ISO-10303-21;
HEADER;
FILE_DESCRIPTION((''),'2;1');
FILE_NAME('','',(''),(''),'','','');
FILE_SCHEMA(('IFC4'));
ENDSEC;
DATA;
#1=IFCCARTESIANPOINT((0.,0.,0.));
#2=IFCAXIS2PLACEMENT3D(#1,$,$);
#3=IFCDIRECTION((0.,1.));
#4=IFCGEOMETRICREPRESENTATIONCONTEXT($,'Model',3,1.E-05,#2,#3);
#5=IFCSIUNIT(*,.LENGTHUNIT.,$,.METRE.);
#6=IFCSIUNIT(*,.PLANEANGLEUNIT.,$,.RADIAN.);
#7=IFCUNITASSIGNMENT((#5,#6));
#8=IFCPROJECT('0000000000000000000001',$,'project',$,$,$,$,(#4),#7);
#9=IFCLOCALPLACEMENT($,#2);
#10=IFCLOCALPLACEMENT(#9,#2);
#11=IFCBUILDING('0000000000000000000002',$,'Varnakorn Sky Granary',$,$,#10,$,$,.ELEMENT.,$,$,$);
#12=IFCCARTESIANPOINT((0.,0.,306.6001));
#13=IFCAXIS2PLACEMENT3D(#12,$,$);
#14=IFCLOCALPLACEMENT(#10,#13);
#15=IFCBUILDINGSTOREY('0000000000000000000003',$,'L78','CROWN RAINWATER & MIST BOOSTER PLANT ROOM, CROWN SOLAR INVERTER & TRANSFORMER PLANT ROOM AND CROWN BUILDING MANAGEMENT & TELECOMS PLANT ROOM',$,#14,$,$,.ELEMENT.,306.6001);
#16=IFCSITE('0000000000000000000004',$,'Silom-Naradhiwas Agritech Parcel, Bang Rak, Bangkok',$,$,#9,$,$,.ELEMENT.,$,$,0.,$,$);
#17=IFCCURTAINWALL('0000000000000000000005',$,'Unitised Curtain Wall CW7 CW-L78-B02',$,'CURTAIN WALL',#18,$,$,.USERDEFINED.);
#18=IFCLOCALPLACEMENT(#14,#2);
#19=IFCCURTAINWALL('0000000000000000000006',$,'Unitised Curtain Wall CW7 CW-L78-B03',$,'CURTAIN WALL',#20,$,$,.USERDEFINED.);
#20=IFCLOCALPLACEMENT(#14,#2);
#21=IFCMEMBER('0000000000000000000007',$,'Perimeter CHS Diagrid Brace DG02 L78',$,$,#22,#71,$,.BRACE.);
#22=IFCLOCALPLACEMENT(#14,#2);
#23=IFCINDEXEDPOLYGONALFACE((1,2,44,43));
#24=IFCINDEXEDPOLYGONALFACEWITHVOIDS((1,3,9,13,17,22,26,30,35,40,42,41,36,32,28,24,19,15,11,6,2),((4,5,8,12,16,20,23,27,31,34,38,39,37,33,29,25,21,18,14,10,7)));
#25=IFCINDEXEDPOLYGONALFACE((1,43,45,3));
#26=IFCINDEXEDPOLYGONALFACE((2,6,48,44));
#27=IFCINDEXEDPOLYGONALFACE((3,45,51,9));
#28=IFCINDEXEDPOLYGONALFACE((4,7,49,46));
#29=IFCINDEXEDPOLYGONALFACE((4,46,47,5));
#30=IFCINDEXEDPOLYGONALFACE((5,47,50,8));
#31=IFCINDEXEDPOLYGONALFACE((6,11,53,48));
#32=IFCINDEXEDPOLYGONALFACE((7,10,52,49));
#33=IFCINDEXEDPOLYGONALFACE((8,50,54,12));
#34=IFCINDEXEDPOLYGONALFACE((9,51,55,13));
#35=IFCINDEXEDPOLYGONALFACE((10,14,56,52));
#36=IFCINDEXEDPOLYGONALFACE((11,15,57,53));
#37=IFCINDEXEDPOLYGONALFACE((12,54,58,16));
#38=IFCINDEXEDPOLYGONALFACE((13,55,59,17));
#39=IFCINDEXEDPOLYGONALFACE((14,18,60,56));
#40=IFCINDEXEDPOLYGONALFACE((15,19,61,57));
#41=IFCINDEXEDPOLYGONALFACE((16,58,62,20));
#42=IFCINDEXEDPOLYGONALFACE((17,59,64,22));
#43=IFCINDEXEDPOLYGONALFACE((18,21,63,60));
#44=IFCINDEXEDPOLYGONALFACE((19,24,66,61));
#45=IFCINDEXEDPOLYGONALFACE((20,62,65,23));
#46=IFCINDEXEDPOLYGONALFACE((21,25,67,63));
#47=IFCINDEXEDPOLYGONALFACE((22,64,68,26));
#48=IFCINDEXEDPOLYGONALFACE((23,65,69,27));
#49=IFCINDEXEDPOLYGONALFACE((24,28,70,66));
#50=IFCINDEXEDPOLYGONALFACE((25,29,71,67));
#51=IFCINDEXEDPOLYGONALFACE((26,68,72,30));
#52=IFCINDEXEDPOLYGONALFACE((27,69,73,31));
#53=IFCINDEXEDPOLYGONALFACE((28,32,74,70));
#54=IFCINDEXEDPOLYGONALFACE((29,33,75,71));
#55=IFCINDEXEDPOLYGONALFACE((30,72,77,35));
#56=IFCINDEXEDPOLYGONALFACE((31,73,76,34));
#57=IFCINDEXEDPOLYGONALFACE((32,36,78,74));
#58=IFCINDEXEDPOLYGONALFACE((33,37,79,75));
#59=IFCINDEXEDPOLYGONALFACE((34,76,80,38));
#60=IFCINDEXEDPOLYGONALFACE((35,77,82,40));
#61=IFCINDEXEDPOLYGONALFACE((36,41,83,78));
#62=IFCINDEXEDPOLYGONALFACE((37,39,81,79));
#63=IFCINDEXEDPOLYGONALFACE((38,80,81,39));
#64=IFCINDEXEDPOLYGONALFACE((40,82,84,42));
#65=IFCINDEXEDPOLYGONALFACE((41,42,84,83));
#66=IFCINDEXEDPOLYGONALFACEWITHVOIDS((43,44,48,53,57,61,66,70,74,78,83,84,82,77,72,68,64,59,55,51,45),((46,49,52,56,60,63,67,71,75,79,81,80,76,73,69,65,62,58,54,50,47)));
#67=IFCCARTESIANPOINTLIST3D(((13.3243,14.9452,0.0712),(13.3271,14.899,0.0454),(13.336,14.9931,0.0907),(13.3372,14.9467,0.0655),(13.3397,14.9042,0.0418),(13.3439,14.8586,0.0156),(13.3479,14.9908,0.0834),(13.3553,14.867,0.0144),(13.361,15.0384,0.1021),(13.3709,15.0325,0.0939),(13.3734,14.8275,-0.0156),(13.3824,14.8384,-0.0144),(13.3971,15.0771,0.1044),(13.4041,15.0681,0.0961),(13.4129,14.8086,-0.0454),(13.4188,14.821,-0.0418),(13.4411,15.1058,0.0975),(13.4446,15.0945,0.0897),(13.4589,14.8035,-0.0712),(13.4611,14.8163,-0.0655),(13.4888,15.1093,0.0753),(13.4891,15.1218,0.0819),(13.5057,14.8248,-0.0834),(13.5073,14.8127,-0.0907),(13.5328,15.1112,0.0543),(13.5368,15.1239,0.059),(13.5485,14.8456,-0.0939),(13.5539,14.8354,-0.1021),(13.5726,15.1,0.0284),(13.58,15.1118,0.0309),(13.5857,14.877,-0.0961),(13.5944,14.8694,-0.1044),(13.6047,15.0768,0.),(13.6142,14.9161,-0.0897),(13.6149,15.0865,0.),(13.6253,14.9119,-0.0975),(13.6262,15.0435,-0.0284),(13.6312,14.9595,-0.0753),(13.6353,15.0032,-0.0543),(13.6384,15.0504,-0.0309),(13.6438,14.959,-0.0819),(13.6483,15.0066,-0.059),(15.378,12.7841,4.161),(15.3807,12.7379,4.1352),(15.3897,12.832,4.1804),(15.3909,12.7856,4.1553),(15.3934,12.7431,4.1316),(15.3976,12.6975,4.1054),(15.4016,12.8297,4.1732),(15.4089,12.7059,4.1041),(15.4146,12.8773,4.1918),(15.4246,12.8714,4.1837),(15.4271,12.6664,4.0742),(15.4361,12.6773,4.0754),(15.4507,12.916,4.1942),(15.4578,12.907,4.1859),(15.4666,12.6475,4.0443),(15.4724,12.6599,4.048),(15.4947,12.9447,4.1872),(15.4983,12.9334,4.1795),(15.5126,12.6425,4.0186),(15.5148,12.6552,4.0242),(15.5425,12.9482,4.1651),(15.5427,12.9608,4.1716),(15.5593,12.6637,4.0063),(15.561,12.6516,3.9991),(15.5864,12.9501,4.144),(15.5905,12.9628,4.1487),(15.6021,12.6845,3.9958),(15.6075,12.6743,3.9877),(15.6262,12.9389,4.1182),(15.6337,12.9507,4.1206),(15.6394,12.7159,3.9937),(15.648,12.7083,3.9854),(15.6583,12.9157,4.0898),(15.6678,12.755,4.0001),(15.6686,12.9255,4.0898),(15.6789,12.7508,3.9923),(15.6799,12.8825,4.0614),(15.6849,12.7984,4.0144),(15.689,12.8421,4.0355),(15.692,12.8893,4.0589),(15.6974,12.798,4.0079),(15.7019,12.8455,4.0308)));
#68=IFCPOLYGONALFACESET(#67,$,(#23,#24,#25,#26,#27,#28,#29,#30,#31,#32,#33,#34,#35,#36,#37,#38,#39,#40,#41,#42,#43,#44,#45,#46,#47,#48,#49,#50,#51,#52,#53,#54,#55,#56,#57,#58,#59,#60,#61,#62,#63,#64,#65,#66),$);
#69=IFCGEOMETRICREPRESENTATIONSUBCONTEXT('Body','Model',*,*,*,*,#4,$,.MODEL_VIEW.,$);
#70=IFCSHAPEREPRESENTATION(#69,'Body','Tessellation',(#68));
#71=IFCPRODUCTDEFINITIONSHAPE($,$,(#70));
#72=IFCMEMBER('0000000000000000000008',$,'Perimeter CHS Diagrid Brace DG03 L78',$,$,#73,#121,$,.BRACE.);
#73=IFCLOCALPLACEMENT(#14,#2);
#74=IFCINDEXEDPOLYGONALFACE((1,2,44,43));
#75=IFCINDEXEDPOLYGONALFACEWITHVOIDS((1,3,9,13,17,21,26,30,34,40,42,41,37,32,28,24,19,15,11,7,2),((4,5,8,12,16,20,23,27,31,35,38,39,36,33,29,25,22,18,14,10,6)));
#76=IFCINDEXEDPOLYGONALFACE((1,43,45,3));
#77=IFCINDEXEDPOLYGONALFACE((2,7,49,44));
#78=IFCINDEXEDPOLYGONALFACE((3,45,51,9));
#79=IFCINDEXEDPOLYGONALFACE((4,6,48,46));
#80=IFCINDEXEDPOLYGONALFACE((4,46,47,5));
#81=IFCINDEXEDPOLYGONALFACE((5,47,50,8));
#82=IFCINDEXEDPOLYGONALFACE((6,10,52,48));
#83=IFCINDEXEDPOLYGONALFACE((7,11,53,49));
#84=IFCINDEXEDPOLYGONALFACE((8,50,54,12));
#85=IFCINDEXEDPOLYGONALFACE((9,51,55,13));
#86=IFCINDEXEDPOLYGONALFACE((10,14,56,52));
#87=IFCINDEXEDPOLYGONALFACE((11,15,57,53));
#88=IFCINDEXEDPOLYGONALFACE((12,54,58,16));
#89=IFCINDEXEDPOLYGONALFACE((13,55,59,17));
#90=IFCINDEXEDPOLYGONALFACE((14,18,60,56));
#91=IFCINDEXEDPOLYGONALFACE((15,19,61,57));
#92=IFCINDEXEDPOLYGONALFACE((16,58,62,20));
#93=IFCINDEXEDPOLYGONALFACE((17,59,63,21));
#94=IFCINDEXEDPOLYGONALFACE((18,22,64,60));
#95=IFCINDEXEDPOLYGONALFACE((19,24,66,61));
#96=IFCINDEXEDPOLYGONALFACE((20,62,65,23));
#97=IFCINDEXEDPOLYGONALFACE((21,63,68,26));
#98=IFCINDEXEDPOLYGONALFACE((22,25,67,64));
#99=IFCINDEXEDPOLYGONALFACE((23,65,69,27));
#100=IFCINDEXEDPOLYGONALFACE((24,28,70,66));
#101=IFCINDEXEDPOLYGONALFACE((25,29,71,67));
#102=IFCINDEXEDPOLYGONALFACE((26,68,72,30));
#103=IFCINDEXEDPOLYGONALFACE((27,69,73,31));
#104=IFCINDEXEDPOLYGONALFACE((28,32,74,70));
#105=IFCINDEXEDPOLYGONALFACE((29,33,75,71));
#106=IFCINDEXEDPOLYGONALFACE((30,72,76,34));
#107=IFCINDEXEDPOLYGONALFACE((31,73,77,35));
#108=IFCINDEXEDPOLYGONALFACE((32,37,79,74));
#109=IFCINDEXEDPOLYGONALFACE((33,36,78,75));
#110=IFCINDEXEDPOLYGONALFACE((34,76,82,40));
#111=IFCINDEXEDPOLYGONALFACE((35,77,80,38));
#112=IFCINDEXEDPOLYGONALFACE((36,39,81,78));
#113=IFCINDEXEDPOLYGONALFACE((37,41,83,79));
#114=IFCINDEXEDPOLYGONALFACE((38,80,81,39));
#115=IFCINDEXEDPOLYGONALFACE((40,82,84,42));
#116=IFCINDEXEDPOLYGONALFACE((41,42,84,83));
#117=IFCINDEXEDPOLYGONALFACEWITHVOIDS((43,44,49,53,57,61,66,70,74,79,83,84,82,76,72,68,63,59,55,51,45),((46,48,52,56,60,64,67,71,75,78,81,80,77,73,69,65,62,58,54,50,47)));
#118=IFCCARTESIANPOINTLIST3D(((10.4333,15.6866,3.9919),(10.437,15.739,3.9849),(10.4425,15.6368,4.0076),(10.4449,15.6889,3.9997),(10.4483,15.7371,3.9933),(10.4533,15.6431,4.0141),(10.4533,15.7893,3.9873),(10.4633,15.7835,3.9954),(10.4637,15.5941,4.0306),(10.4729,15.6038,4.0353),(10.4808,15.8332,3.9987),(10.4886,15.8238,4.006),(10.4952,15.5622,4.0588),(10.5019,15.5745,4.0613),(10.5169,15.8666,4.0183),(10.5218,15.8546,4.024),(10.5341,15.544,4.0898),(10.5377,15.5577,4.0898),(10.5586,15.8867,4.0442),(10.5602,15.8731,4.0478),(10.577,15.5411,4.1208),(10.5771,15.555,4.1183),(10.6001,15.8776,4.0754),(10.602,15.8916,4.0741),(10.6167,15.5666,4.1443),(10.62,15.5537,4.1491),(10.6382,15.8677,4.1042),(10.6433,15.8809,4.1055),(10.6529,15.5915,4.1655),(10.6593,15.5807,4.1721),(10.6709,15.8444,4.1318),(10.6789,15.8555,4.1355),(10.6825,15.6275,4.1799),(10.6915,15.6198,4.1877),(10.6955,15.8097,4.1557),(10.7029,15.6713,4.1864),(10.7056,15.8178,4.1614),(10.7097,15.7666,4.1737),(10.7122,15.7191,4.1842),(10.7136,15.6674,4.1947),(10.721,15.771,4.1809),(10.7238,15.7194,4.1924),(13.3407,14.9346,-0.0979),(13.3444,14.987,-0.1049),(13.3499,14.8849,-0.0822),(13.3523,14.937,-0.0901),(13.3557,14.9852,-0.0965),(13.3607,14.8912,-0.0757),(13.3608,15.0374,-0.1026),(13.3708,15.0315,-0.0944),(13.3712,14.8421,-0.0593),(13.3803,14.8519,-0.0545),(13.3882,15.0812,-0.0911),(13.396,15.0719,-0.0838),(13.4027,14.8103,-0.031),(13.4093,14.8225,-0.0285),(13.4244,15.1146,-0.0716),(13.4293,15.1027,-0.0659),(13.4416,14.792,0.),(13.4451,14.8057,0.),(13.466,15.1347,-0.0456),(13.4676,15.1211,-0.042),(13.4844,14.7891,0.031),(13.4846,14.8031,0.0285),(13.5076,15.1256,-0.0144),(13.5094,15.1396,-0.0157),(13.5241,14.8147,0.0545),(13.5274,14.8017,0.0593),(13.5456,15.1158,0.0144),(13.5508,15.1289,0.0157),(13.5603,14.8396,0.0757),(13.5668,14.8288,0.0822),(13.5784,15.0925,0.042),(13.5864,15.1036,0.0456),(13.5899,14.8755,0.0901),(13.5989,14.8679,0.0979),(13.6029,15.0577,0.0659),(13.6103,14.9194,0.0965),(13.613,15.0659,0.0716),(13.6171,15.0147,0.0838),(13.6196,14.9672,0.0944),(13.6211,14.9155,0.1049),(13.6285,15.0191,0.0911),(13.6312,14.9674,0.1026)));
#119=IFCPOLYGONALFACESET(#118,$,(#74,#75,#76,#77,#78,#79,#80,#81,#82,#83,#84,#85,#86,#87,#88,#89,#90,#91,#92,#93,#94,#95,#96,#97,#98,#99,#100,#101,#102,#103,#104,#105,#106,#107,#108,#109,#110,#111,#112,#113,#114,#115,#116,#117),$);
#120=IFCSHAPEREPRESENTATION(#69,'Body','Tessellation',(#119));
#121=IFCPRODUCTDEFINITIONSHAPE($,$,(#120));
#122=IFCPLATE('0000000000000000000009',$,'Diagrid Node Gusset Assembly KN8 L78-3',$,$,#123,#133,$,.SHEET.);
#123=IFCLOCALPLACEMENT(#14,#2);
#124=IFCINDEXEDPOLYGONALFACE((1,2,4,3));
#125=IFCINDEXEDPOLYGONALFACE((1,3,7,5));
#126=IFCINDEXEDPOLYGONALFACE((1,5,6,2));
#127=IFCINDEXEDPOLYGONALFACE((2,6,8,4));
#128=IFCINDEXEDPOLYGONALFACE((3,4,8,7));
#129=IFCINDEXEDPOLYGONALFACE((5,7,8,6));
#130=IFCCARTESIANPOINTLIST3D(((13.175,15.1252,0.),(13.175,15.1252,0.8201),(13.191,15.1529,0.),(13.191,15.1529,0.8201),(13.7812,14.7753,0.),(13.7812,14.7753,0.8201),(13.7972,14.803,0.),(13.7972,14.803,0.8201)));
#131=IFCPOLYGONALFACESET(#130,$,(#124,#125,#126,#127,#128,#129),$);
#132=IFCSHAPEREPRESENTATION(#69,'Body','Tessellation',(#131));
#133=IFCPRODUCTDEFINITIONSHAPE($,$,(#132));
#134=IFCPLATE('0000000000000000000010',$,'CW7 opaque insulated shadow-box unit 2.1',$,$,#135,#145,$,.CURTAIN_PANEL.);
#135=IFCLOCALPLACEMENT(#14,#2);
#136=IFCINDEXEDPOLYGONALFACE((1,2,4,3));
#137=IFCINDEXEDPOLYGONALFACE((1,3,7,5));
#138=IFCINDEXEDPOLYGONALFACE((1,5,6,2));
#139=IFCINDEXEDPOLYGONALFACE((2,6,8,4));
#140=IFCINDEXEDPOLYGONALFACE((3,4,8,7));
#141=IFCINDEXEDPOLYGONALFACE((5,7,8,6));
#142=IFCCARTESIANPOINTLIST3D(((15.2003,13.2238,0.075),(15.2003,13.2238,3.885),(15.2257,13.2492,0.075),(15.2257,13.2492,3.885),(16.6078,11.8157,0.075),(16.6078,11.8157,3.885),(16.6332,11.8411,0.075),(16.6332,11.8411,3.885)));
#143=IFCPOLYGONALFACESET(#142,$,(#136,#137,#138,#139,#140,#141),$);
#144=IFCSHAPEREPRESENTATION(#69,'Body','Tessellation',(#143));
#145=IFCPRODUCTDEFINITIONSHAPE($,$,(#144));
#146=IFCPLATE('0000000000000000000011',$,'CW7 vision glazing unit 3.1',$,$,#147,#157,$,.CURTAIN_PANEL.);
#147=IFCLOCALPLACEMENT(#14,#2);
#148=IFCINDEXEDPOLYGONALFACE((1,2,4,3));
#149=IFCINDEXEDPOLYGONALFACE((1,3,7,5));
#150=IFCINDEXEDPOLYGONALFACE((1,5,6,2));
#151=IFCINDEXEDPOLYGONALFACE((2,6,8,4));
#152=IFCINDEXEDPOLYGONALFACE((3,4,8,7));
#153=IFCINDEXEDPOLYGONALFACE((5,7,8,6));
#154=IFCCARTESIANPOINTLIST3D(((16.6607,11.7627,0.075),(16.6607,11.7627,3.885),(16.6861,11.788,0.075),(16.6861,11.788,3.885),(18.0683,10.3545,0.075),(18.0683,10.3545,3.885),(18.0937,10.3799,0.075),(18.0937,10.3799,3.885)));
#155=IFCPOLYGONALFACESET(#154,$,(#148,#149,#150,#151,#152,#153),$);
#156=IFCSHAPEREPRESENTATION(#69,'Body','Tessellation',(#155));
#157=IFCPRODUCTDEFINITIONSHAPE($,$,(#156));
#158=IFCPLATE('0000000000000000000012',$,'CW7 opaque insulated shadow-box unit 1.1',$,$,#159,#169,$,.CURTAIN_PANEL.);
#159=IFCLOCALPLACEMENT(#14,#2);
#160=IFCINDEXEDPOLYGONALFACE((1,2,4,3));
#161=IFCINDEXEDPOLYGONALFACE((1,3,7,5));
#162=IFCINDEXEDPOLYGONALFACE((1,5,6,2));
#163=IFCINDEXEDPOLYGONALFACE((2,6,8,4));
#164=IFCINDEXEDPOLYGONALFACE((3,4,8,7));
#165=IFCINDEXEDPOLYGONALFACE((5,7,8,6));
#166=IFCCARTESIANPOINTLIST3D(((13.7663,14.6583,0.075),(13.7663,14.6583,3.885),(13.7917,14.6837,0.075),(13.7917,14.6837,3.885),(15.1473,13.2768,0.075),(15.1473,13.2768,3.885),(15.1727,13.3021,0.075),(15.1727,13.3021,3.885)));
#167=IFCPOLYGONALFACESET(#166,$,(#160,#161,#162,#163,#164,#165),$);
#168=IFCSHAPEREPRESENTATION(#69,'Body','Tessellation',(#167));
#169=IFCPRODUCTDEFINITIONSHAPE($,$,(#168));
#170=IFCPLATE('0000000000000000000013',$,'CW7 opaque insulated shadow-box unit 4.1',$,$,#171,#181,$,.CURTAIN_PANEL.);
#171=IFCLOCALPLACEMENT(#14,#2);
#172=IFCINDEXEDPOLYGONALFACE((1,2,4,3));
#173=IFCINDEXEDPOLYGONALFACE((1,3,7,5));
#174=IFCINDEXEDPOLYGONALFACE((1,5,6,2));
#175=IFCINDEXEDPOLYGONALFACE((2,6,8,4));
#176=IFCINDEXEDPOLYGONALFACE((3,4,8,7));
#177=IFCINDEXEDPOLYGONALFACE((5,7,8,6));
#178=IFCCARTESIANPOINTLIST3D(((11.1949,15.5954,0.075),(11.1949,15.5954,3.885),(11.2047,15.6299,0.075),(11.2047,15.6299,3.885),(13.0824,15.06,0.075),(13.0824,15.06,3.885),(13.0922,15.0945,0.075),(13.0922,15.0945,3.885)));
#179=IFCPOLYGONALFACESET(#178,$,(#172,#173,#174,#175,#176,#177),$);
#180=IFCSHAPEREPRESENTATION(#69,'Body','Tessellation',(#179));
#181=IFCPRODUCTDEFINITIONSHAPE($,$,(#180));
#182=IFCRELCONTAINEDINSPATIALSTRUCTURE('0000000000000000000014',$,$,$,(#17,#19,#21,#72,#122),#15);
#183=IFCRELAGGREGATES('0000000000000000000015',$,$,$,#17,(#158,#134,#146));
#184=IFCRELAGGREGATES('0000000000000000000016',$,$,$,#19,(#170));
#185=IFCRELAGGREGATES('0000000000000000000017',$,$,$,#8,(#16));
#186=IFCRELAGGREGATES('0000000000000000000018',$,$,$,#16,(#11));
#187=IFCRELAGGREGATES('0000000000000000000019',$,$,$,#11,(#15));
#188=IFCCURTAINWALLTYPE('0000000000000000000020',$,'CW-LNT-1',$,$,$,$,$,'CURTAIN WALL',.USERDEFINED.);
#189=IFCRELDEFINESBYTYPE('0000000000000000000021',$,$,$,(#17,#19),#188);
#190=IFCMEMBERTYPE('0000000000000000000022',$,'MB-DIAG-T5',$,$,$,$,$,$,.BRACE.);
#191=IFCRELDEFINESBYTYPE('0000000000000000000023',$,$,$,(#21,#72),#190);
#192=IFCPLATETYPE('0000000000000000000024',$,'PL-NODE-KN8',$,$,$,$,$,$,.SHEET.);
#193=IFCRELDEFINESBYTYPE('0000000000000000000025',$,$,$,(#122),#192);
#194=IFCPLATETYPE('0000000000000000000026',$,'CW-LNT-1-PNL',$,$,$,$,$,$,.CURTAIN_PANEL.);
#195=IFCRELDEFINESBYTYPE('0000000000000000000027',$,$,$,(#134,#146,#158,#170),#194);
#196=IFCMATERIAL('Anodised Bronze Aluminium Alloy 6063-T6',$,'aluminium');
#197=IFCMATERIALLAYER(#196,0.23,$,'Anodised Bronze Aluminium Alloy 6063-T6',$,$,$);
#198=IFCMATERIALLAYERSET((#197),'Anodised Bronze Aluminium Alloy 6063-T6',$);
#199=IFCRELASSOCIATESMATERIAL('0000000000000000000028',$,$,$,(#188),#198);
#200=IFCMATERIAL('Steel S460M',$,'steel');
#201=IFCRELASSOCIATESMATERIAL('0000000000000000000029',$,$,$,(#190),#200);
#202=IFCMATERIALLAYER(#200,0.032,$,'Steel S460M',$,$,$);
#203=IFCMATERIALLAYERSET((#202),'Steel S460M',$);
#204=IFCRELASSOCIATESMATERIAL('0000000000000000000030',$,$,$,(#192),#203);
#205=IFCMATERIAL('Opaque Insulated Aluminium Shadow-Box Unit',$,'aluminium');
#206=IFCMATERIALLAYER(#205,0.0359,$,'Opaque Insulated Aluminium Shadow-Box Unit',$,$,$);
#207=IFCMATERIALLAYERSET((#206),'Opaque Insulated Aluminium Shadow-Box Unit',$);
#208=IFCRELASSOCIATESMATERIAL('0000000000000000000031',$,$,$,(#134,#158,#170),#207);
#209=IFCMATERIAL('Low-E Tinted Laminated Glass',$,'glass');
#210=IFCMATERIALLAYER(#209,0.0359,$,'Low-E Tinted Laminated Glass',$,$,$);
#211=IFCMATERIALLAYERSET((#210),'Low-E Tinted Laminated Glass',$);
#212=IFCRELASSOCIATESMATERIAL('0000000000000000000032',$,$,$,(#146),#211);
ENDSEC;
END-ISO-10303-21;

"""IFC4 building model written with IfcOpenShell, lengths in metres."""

from ifc_helpers import new_model, si_unit, direction, frame, origin, origin_2d, place, context, subcontext, project, spatial, rectangle, hollow_circle, extrude, source, transform, mapped, material, layer, layer_set, material_profile, profile_set, type_object, type_shapes, element, aggregate, save


model = new_model("IFC4")

# Units and contexts
model_context = context("Model", 3, precision=1e-05, world=origin(), true_north=direction((0.0, 1.0)))
body_context = subcontext(model_context, "Body", "Model", "MODEL_VIEW")
ifc_project = project(units=[si_unit("LENGTHUNIT", "METRE"), si_unit("PLANEANGLEUNIT", "RADIAN")], contexts=[model_context])

# Site, building, storey
site_placement = place(None, origin())
site = spatial("IfcSite", under=ifc_project, at=site_placement, Name="Silom-Naradhiwas Agritech Parcel, Bang Rak, Bangkok", CompositionType="ELEMENT", RefElevation=0.0)
building_placement = place(site_placement, origin())
building = spatial("IfcBuilding", under=site, at=building_placement, Name="Varnakorn Sky Granary", CompositionType="ELEMENT")
storey_placement = place(building_placement, frame((0.0, 0.0, 306.6001)))
storey = spatial("IfcBuildingStorey", under=building, at=storey_placement, Name="L78", Description="CROWN RAINWATER & MIST BOOSTER PLANT ROOM, CROWN SOLAR INVERTER & TRANSFORMER PLANT ROOM AND CROWN BUILDING MANAGEMENT & TELECOMS PLANT ROOM", CompositionType="ELEMENT", Elevation=306.6001)

# Shared definitions
ifc_material_1 = material(Name="Steel S460M", Category="steel")

# Curtain wall
ifc_material_2 = material(Name="Anodised Bronze Aluminium Alloy 6063-T6", Category="aluminium")
ifc_layer_1 = layer(ifc_material_2, 0.23, Name="Anodised Bronze Aluminium Alloy 6063-T6")
ifc_layer_set_1 = layer_set([ifc_layer_1], Name="Anodised Bronze Aluminium Alloy 6063-T6")
curtain_wall_type = type_object("IfcCurtainWallType", Name="CW-LNT-1", ElementType="CURTAIN WALL", PredefinedType="USERDEFINED", material=ifc_layer_set_1)
curtain_wall_1_placement = place(storey_placement, origin())
curtain_wall_1 = element("IfcCurtainWall", 1, at=curtain_wall_1_placement, inside=storey, type_object=curtain_wall_type, Name="Unitised Curtain Wall CW7 CW-L78-B02", ObjectType="CURTAIN WALL", PredefinedType="USERDEFINED")

# Curtain wall
curtain_wall_2_placement = place(storey_placement, origin())
curtain_wall_2 = element("IfcCurtainWall", 2, at=curtain_wall_2_placement, inside=storey, type_object=curtain_wall_type, Name="Unitised Curtain Wall CW7 CW-L78-B03", ObjectType="CURTAIN WALL", PredefinedType="USERDEFINED")

# Members
ifc_material_profile_1 = material_profile(ifc_material_1, hollow_circle(Radius=0.1777, WallThickness=0.0142, at=origin_2d()), Name="CHS 355.6x14")
ifc_profile_set_1 = profile_set([ifc_material_profile_1], Name="Steel S460M")
member_type_1 = type_object("IfcMemberType", Name="MB-DIAG-T5", PredefinedType="BRACE", material=ifc_profile_set_1)
member_1_placement = place(storey_placement, frame((13.4861, 14.9641, 0.0), z_axis=(0.405781, -0.427006, 0.808089), x_axis=(0.724893, 0.688861, 0.0)))
element("IfcMember", 3, at=member_1_placement, inside=storey, type_object=member_type_1, Name="Perimeter CHS Diagrid Brace DG02 L78", PredefinedType="BRACE", context=body_context, shape_type="SweptSolid", body=[
    extrude(hollow_circle(Radius=0.1777, WallThickness=0.0142, at=origin_2d()), origin(), (0.0, 0.0, 1.0), 5.061),
])
member_2_placement = place(storey_placement, frame((13.4861, 14.9641, 0.0), z_axis=(-0.573012, 0.148197, 0.806037), x_axis=(-0.250389, -0.968145, 0.0)))
element("IfcMember", 4, at=member_2_placement, inside=storey, type_object=member_type_1, Name="Perimeter CHS Diagrid Brace DG03 L78", PredefinedType="BRACE", context=body_context, shape_type="SweptSolid", body=[
    extrude(hollow_circle(Radius=0.1777, WallThickness=0.0142, at=origin_2d()), origin(), (0.0, 0.0, 1.0), 5.074),
])

# Plates
ifc_layer_2 = layer(ifc_material_1, 0.032, Name="Steel S460M")
ifc_layer_set_2 = layer_set([ifc_layer_2], Name="Steel S460M")
plate_type_1 = type_object("IfcPlateType", Name="PL-NODE-KN8", PredefinedType="SHEET", material=ifc_layer_set_2)
plate_1_placement = place(storey_placement, frame((13.4861, 14.9641, 0.0), z_axis=(0.0, 0.0, 1.0), x_axis=(-0.866114, 0.499847, 0.0)))
element("IfcPlate", 5, at=plate_1_placement, inside=storey, type_object=plate_type_1, Name="Diagrid Node Gusset Assembly KN8 L78-3", PredefinedType="SHEET", context=body_context, shape_type="SweptSolid", body=[
    extrude(rectangle(XDim=0.7, YDim=0.032, at=origin_2d()), origin(), (0.0, 0.0, 1.0), 0.8201),
])
ifc_material_3 = material(Name="Opaque Insulated Aluminium Shadow-Box Unit", Category="aluminium")
ifc_layer_3 = layer(ifc_material_3, 0.0359, Name="Opaque Insulated Aluminium Shadow-Box Unit")
ifc_layer_set_3 = layer_set([ifc_layer_3], Name="Opaque Insulated Aluminium Shadow-Box Unit")
plate_type_2 = type_object("IfcPlateType", Name="CW-LNT-1-PNL", PredefinedType="CURTAIN_PANEL")
shared_shape_1 = source(origin(), body_context, "Body", "SweptSolid", [
    extrude(rectangle(XDim=1.991, YDim=0.0359, at=origin_2d()), origin(), (0.0, 0.0, 1.0), 3.8101),
])
plate_2_placement = place(storey_placement, frame((15.9167, 12.5325, 0.075), z_axis=(0.0, 0.0, 1.0), x_axis=(0.706962, -0.707252, 0.0)))
plate_2 = element("IfcPlate", 6, at=plate_2_placement, type_object=plate_type_2, material=ifc_layer_set_3, Name="CW7 opaque insulated shadow-box unit 2.1", PredefinedType="CURTAIN_PANEL", context=body_context, shape_type="MappedRepresentation", body=[
    mapped(shared_shape_1, transform((0.0, 0.0, 0.0), x_axis=(1.0, 0.0, 0.0), y_axis=(0.0, 1.0, 0.0), z_axis=(0.0, 0.0, 1.0), scale=1.0)),
])
ifc_material_4 = material(Name="Low-E Tinted Laminated Glass", Category="glass")
ifc_layer_4 = layer(ifc_material_4, 0.0359, Name="Low-E Tinted Laminated Glass")
ifc_layer_set_4 = layer_set([ifc_layer_4], Name="Low-E Tinted Laminated Glass")
plate_3_placement = place(storey_placement, frame((17.3772, 11.0713, 0.075), z_axis=(0.0, 0.0, 1.0), x_axis=(0.706962, -0.707252, 0.0)))
plate_3 = element("IfcPlate", 7, at=plate_3_placement, type_object=plate_type_2, material=ifc_layer_set_4, Name="CW7 vision glazing unit 3.1", PredefinedType="CURTAIN_PANEL", context=body_context, shape_type="MappedRepresentation", body=[
    mapped(shared_shape_1, transform((0.0, 0.0, 0.0), x_axis=(1.0, 0.0, 0.0), y_axis=(0.0, 1.0, 0.0), z_axis=(0.0, 0.0, 1.0), scale=1.0)),
])
shared_shape_2 = source(origin(), body_context, "Body", "SweptSolid", [
    extrude(rectangle(XDim=1.9534, YDim=0.0359, at=origin_2d()), origin(), (0.0, 0.0, 1.0), 3.8101),
])
plate_4_placement = place(storey_placement, frame((14.4695, 13.9802, 0.075), z_axis=(0.0, 0.0, 1.0), x_axis=(0.706962, -0.707252, 0.0)))
plate_4 = element("IfcPlate", 8, at=plate_4_placement, type_object=plate_type_2, material=ifc_layer_set_3, Name="CW7 opaque insulated shadow-box unit 1.1", PredefinedType="CURTAIN_PANEL", context=body_context, shape_type="MappedRepresentation", body=[
    mapped(shared_shape_2, transform((0.0, 0.0, 0.0), x_axis=(1.0, 0.0, 0.0), y_axis=(0.0, 1.0, 0.0), z_axis=(0.0, 0.0, 1.0), scale=1.0)),
])
aggregate(curtain_wall_1, [plate_4, plate_2, plate_3])
shared_shape_3 = source(origin(), body_context, "Body", "SweptSolid", [
    extrude(rectangle(XDim=1.9619, YDim=0.0359, at=origin_2d()), origin(), (0.0, 0.0, 1.0), 3.8101),
])
type_shapes(plate_type_2, [shared_shape_1, shared_shape_2, shared_shape_3])
plate_5_placement = place(storey_placement, frame((12.1436, 15.345, 0.075), z_axis=(0.0, 0.0, 1.0), x_axis=(0.962041, -0.272905, 0.0)))
plate_5 = element("IfcPlate", 9, at=plate_5_placement, type_object=plate_type_2, material=ifc_layer_set_3, Name="CW7 opaque insulated shadow-box unit 4.1", PredefinedType="CURTAIN_PANEL", context=body_context, shape_type="MappedRepresentation", body=[
    mapped(shared_shape_3, transform((0.0, 0.0, 0.0), x_axis=(1.0, 0.0, 0.0), y_axis=(0.0, 1.0, 0.0), z_axis=(0.0, 0.0, 1.0), scale=1.0)),
])
aggregate(curtain_wall_2, [plate_5])

save(model, "model.ifc")
